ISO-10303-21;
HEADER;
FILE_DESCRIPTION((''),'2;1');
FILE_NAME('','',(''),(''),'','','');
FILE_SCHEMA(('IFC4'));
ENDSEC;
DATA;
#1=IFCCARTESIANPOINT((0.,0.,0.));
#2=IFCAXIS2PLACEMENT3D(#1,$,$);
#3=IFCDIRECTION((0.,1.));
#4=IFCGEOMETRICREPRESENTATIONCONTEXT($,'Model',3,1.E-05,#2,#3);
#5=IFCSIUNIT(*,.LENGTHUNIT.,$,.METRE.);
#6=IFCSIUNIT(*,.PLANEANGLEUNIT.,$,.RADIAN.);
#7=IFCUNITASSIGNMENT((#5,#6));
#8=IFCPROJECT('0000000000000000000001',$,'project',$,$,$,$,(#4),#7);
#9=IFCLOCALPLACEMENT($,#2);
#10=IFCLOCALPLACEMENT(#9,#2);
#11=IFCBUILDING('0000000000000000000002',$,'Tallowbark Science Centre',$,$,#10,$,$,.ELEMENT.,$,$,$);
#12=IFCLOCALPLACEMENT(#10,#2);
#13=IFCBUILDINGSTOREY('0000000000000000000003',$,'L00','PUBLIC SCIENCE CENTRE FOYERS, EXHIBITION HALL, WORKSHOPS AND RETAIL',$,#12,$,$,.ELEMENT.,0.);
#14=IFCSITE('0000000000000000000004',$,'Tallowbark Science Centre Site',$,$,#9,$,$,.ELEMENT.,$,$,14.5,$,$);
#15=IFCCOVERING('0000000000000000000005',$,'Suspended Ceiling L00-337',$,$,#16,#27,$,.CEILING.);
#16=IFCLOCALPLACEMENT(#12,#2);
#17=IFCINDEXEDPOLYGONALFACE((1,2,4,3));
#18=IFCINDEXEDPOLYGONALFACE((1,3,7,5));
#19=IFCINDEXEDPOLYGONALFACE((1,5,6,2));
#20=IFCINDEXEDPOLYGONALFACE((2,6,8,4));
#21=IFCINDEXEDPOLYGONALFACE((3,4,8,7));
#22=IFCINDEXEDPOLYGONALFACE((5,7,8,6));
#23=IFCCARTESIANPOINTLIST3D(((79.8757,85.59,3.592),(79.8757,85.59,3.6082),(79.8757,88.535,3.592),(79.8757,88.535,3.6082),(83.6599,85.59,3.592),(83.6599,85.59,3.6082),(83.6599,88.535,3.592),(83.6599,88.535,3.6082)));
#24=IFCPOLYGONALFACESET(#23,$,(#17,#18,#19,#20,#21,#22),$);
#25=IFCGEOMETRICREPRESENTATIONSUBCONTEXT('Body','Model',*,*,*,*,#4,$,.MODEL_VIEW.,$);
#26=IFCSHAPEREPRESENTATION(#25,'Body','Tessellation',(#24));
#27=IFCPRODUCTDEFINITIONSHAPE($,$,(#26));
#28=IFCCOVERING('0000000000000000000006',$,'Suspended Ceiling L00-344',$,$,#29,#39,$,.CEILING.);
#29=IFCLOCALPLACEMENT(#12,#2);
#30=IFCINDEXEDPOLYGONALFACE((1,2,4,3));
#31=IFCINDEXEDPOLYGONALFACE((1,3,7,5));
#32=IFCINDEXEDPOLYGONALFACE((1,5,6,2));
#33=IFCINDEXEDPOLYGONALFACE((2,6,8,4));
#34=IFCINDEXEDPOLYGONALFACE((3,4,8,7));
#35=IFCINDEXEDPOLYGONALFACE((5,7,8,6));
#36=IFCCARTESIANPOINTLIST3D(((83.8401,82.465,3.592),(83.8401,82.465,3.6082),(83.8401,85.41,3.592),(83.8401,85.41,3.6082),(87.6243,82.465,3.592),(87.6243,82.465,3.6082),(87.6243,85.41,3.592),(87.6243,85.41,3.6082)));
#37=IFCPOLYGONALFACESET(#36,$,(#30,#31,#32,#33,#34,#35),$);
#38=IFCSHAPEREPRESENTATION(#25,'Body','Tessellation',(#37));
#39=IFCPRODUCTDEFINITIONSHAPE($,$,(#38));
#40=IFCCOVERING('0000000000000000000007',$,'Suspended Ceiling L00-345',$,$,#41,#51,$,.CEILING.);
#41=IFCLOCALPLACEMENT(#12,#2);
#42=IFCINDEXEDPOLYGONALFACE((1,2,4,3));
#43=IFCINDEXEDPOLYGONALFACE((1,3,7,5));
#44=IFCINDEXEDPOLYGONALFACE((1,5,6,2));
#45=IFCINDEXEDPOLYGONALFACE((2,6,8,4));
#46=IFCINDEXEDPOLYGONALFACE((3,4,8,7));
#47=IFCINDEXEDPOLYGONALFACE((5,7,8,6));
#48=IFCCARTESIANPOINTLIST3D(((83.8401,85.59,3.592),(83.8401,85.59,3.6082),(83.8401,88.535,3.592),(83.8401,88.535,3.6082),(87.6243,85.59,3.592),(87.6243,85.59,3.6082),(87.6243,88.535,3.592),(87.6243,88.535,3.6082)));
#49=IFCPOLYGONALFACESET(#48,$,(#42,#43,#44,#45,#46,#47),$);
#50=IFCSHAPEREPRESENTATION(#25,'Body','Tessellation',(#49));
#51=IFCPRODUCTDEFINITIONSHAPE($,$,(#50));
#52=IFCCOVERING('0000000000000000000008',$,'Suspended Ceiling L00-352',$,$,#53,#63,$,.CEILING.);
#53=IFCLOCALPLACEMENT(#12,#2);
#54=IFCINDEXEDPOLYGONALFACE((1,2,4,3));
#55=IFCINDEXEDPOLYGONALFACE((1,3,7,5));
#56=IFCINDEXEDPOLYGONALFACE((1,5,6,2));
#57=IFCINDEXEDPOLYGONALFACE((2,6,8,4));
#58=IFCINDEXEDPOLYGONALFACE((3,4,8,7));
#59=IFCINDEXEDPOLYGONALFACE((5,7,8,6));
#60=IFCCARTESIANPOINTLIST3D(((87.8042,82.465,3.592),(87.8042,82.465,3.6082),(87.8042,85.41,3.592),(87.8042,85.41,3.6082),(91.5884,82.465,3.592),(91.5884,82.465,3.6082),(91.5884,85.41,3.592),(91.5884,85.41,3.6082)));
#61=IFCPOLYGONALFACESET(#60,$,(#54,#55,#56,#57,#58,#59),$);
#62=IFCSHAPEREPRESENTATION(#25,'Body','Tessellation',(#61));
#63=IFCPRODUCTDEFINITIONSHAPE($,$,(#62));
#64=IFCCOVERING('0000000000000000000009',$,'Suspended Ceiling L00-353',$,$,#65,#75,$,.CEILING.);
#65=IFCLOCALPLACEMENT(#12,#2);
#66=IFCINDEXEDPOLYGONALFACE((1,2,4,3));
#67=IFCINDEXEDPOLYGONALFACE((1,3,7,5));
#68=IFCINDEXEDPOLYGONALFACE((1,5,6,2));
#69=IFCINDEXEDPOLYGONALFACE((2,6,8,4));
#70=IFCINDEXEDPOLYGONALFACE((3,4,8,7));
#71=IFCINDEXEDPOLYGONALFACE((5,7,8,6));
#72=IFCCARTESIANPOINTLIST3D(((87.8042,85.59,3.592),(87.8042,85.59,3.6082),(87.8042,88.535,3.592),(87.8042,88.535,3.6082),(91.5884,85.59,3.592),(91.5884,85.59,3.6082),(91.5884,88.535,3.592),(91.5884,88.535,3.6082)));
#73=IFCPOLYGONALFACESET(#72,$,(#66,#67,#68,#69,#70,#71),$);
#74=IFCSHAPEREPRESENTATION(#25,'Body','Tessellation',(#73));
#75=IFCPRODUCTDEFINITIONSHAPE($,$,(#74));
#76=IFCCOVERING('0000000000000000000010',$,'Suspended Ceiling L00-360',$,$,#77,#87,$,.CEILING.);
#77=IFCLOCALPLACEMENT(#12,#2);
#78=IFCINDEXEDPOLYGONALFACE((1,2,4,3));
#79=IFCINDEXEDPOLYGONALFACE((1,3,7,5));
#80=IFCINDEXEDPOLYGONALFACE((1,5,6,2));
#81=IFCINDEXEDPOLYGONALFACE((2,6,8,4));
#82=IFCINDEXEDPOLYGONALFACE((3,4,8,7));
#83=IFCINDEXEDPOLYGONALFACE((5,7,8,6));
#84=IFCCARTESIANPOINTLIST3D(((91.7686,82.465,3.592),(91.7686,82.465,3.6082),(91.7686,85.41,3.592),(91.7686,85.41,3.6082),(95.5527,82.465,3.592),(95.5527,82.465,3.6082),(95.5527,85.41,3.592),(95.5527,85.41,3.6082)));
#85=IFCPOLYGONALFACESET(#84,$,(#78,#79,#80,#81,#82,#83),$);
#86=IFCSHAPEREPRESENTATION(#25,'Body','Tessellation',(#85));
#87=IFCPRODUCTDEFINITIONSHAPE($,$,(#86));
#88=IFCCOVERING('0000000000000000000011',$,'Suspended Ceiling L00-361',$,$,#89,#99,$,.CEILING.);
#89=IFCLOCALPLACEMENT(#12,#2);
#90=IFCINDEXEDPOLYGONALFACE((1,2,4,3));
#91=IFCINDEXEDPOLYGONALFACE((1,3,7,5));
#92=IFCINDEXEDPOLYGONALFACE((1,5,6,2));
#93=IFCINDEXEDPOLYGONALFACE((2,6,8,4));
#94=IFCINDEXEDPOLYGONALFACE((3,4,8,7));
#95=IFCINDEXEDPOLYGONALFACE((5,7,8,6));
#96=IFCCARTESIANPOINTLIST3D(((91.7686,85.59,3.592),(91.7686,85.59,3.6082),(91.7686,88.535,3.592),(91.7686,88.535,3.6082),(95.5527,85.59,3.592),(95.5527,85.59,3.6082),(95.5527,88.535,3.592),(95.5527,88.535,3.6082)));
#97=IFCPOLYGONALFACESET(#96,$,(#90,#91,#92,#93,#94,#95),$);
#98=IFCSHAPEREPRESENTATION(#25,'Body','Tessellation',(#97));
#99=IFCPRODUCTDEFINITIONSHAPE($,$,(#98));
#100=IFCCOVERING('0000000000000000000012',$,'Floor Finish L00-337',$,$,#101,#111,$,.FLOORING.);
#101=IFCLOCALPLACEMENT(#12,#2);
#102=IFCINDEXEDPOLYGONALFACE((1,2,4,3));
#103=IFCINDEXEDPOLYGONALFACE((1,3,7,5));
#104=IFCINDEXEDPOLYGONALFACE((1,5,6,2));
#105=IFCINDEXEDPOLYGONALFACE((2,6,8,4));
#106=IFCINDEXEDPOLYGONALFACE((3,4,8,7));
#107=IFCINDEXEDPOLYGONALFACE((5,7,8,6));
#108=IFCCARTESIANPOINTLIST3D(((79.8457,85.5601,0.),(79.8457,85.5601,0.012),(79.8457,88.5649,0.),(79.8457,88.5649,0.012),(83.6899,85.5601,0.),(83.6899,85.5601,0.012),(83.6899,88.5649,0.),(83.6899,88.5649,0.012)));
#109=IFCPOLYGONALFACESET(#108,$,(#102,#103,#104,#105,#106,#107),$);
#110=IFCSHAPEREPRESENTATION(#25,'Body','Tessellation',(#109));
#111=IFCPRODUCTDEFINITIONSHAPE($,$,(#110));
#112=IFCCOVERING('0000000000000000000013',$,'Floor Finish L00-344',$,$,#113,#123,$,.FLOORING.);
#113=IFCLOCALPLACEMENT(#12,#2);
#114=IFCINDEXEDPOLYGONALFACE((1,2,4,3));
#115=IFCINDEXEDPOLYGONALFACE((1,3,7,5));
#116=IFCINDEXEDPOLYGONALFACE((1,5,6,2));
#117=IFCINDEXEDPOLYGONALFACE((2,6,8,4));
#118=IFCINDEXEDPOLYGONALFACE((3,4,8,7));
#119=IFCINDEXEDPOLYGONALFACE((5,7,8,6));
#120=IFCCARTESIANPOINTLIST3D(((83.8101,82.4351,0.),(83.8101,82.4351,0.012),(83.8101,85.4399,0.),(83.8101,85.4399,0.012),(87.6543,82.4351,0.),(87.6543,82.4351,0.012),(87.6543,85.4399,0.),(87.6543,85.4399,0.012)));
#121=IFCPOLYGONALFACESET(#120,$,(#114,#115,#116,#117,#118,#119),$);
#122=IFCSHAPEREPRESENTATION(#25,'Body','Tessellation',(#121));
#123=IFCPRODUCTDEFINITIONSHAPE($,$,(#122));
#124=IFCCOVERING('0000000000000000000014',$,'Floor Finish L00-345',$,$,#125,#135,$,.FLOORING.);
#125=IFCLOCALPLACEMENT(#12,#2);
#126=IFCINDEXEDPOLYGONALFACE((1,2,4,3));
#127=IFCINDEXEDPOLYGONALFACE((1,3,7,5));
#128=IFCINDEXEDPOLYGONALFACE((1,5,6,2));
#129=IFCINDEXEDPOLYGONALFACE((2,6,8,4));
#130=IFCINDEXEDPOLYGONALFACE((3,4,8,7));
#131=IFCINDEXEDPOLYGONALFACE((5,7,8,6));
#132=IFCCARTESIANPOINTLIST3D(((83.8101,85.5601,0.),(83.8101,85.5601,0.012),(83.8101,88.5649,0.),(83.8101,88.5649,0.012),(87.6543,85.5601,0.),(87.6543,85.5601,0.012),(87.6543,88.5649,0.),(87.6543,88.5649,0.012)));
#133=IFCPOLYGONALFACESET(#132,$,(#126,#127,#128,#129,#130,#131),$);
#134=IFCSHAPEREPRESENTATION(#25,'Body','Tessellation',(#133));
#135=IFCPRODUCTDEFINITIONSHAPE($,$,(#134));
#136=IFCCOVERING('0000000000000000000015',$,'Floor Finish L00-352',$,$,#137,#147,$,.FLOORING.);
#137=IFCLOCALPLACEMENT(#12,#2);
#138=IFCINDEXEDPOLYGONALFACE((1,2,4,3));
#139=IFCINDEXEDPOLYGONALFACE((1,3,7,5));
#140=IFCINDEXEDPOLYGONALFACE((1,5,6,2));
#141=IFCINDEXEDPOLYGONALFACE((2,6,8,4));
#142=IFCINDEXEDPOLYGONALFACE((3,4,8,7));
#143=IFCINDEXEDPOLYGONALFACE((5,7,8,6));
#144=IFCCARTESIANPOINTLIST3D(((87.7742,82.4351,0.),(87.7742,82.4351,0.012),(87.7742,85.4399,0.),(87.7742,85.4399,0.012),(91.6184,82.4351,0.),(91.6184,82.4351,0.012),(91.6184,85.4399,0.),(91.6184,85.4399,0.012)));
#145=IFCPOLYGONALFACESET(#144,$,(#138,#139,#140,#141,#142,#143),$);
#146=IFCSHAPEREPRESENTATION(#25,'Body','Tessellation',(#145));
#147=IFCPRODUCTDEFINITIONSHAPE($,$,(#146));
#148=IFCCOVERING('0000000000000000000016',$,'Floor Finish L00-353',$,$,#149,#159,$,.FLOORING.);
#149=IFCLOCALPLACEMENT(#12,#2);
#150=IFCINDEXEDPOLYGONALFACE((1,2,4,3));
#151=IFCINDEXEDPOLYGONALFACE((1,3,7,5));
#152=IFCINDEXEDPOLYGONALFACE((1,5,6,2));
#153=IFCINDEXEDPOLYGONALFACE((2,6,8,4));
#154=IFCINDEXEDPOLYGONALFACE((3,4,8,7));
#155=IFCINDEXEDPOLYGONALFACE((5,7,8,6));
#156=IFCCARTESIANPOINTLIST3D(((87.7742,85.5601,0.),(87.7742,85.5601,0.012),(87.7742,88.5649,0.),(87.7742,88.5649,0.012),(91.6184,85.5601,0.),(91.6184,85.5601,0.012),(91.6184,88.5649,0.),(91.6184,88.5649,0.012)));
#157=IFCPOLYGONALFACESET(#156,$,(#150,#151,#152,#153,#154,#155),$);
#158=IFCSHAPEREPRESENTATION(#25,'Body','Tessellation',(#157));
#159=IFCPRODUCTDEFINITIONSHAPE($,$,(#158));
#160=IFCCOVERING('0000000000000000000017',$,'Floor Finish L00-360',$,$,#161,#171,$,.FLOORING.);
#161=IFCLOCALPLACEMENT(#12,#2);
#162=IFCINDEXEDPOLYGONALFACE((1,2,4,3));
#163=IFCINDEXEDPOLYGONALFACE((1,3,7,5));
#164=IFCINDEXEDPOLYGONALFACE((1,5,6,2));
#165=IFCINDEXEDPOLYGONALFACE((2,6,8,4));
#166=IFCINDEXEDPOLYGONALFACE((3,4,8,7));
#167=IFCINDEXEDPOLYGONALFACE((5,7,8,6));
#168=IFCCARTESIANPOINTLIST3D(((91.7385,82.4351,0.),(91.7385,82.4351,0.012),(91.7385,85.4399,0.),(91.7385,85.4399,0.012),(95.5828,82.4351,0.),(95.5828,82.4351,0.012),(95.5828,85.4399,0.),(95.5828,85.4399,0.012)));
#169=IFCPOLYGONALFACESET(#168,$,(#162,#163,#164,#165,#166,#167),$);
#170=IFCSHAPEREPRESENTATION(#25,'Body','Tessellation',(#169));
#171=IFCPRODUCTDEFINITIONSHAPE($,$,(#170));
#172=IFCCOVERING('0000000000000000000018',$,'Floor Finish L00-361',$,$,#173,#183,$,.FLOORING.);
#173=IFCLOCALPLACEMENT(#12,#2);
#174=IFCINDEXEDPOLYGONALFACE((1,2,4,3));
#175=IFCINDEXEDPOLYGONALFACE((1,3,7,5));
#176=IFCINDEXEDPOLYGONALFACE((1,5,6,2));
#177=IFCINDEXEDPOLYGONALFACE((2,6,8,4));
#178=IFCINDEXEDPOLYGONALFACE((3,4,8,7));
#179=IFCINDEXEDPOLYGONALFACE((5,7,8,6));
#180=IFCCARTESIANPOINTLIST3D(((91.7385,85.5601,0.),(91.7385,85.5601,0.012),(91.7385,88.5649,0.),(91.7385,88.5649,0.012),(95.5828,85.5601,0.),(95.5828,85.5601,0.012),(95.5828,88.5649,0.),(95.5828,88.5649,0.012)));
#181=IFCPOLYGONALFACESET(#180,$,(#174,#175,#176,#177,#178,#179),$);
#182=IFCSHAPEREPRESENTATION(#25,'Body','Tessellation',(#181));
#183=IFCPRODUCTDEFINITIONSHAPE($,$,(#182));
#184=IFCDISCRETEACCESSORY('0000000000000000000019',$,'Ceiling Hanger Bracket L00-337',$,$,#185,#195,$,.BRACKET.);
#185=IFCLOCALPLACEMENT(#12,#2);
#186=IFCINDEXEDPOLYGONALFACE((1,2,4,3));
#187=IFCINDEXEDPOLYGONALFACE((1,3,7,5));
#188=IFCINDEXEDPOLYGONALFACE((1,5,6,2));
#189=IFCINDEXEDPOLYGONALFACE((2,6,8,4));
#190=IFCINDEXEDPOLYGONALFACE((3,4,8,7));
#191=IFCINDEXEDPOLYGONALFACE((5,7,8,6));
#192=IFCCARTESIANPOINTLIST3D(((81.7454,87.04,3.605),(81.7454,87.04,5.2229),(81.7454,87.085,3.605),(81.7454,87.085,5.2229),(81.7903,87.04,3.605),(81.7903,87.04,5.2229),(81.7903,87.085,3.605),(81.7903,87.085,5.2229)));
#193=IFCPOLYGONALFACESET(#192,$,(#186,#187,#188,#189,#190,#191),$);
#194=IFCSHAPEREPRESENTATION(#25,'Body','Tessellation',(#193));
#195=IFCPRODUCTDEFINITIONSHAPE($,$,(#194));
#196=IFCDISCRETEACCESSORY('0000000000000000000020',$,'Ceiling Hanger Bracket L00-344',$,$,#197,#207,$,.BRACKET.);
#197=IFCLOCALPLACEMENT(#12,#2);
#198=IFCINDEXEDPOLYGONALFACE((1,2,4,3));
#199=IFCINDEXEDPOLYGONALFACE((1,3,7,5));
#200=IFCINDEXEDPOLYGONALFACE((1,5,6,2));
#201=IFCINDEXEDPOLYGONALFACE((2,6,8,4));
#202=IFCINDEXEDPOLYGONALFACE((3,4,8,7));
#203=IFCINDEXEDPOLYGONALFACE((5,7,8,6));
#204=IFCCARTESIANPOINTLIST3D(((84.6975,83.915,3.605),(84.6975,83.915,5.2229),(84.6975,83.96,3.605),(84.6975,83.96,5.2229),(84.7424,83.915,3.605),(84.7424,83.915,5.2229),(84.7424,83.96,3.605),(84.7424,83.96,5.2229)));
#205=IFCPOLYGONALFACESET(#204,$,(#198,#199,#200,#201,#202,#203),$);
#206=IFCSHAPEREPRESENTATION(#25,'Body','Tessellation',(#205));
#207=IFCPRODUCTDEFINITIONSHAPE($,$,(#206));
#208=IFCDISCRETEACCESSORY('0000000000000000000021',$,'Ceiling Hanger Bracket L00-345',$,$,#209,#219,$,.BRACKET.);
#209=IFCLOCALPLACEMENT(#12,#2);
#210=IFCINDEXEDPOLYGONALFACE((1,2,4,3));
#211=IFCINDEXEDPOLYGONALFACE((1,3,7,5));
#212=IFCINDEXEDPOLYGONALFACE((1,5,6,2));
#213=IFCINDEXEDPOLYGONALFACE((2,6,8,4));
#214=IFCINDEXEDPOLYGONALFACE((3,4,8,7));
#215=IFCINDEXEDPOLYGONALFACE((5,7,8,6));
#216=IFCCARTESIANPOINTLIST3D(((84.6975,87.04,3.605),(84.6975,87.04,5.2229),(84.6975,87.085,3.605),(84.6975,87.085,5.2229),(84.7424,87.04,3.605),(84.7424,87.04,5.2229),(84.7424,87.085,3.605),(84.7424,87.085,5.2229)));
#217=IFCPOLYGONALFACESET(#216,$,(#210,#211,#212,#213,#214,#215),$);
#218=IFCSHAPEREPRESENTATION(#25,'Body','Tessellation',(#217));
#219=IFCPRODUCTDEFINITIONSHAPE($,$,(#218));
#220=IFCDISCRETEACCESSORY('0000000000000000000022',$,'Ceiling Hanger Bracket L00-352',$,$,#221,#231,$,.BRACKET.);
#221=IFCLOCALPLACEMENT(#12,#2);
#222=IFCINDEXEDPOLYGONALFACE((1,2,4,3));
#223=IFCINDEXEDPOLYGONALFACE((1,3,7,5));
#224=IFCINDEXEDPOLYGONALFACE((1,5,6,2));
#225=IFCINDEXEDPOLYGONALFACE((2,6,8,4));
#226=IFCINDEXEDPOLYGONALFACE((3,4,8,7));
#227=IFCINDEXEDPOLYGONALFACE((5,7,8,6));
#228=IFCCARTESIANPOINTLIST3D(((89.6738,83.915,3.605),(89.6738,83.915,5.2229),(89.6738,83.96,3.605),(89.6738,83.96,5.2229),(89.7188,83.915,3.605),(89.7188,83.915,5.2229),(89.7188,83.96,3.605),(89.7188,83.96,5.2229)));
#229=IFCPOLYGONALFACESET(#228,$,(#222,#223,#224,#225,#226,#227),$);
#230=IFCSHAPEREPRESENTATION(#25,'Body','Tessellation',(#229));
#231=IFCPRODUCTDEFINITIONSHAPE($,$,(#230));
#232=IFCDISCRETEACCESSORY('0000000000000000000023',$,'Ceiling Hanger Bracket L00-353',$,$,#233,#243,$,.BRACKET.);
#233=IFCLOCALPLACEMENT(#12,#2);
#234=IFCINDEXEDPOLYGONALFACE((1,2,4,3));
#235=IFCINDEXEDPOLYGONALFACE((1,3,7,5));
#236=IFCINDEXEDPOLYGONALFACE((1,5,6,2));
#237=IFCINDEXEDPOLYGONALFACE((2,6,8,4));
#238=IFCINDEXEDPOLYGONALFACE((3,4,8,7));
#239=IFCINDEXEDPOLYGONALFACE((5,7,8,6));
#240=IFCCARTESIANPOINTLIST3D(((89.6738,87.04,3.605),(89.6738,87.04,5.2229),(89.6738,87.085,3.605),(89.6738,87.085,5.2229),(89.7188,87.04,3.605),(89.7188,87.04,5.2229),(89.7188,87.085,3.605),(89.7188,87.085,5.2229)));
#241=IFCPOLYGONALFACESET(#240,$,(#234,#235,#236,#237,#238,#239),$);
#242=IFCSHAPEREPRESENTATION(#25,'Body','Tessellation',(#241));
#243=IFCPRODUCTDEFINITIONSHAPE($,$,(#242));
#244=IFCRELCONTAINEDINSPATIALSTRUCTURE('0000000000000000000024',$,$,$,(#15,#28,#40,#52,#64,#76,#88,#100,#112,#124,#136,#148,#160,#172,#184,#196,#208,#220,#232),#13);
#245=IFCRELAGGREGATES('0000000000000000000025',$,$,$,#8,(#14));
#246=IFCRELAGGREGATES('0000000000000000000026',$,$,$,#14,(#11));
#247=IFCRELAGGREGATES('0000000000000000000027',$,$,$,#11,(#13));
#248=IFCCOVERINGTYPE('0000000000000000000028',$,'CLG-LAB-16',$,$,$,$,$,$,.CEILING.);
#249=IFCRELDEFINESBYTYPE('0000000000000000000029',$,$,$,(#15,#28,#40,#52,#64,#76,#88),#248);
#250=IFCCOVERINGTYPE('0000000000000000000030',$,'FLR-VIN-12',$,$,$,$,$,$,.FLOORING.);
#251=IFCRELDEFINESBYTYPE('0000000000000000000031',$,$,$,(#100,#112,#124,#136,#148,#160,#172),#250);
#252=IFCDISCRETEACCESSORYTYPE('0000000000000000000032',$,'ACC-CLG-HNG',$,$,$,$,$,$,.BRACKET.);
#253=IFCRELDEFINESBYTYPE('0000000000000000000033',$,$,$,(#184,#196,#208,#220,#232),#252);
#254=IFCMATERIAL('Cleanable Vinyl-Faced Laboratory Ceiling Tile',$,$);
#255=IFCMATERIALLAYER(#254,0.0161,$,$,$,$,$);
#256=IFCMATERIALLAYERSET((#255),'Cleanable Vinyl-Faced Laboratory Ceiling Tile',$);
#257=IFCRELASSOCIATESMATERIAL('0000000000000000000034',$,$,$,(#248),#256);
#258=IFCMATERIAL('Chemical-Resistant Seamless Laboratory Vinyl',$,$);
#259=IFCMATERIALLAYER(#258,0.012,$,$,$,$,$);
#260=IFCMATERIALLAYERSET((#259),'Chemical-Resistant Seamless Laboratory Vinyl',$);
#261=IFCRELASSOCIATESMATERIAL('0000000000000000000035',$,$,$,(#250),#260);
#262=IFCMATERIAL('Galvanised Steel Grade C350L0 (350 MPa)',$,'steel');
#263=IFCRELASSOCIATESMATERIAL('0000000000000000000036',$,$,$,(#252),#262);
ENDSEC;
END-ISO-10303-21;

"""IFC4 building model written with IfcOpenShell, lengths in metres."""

from ifc_helpers import new_model, si_unit, direction, frame, origin, origin_2d, place, context, subcontext, project, spatial, rectangle, extrude, material, layer, layer_set, type_object, element, save


model = new_model("IFC4")

# Units and contexts
model_context = context("Model", 3, precision=1e-05, world=origin(), true_north=direction((0.0, 1.0)))
body_context = subcontext(model_context, "Body", "Model", "MODEL_VIEW")
ifc_project = project(units=[si_unit("LENGTHUNIT", "METRE"), si_unit("PLANEANGLEUNIT", "RADIAN")], contexts=[model_context])

# Site, building, storey
site_placement = place(None, origin())
site = spatial("IfcSite", under=ifc_project, at=site_placement, Name="Tallowbark Science Centre Site", CompositionType="ELEMENT", RefElevation=14.5)
building_placement = place(site_placement, origin())
building = spatial("IfcBuilding", under=site, at=building_placement, Name="Tallowbark Science Centre", CompositionType="ELEMENT")
storey_placement = place(building_placement, origin())
storey = spatial("IfcBuildingStorey", under=building, at=storey_placement, Name="L00", Description="PUBLIC SCIENCE CENTRE FOYERS, EXHIBITION HALL, WORKSHOPS AND RETAIL", CompositionType="ELEMENT", Elevation=0.0)

# Coverings
ifc_material_1 = material(Name="Cleanable Vinyl-Faced Laboratory Ceiling Tile")
ifc_layer_1 = layer(ifc_material_1, 0.0161)
ifc_layer_set_1 = layer_set([ifc_layer_1], Name="Cleanable Vinyl-Faced Laboratory Ceiling Tile")
covering_type_1 = type_object("IfcCoveringType", Name="CLG-LAB-16", PredefinedType="CEILING", material=ifc_layer_set_1)
for number, where, z_axis, x_axis, name in (
    (1, (81.7678, 87.0625, 3.592), (0.0, 0.0, 1.0), (1.0, 0.0, 0.0), "Suspended Ceiling L00-337"),
    (2, (85.7322, 83.9375, 3.592), (0.0, 0.0, 1.0), (1.0, 0.0, 0.0), "Suspended Ceiling L00-344"),
    (3, (85.7322, 87.0625, 3.592), (0.0, 0.0, 1.0), (1.0, 0.0, 0.0), "Suspended Ceiling L00-345"),
    (4, (89.6963, 83.9375, 3.592), (0.0, 0.0, 1.0), (1.0, 0.0, 0.0), "Suspended Ceiling L00-352"),
    (5, (89.6963, 87.0625, 3.592), (0.0, 0.0, 1.0), (1.0, 0.0, 0.0), "Suspended Ceiling L00-353"),
    (6, (93.6606, 83.9375, 3.592), (0.0, 0.0, 1.0), (1.0, 0.0, 0.0), "Suspended Ceiling L00-360"),
    (7, (93.6606, 87.0625, 3.592), (0.0, 0.0, 1.0), (1.0, 0.0, 0.0), "Suspended Ceiling L00-361"),
):
    element("IfcCovering", number, at=place(storey_placement, frame(where, z_axis=z_axis, x_axis=x_axis)), inside=storey, type_object=covering_type_1, Name=name, PredefinedType="CEILING", context=body_context, shape_type="SweptSolid", body=[
        extrude(rectangle(XDim=3.7842, YDim=2.9451, at=origin_2d()), origin(), (0.0, 0.0, 1.0), 0.0161),
    ])
ifc_material_2 = material(Name="Chemical-Resistant Seamless Laboratory Vinyl")
ifc_layer_2 = layer(ifc_material_2, 0.012)
ifc_layer_set_2 = layer_set([ifc_layer_2], Name="Chemical-Resistant Seamless Laboratory Vinyl")
covering_type_2 = type_object("IfcCoveringType", Name="FLR-VIN-12", PredefinedType="FLOORING", material=ifc_layer_set_2)
for number, where, z_axis, x_axis, name in (
    (8, (81.7678, 87.0625, 0.0), (0.0, 0.0, 1.0), (1.0, 0.0, 0.0), "Floor Finish L00-337"),
    (9, (85.7322, 83.9375, 0.0), (0.0, 0.0, 1.0), (1.0, 0.0, 0.0), "Floor Finish L00-344"),
    (10, (85.7322, 87.0625, 0.0), (0.0, 0.0, 1.0), (1.0, 0.0, 0.0), "Floor Finish L00-345"),
    (11, (89.6963, 83.9375, 0.0), (0.0, 0.0, 1.0), (1.0, 0.0, 0.0), "Floor Finish L00-352"),
    (12, (89.6963, 87.0625, 0.0), (0.0, 0.0, 1.0), (1.0, 0.0, 0.0), "Floor Finish L00-353"),
    (13, (93.6606, 83.9375, 0.0), (0.0, 0.0, 1.0), (1.0, 0.0, 0.0), "Floor Finish L00-360"),
    (14, (93.6606, 87.0625, 0.0), (0.0, 0.0, 1.0), (1.0, 0.0, 0.0), "Floor Finish L00-361"),
):
    element("IfcCovering", number, at=place(storey_placement, frame(where, z_axis=z_axis, x_axis=x_axis)), inside=storey, type_object=covering_type_2, Name=name, PredefinedType="FLOORING", context=body_context, shape_type="SweptSolid", body=[
        extrude(rectangle(XDim=3.8442, YDim=3.0049, at=origin_2d()), origin(), (0.0, 0.0, 1.0), 0.012),
    ])

# Discrete accessories
ifc_material_3 = material(Name="Galvanised Steel Grade C350L0 (350 MPa)", Category="steel")
discrete_accessory_type = type_object("IfcDiscreteAccessoryType", Name="ACC-CLG-HNG", PredefinedType="BRACKET", material=ifc_material_3)
for number, where, z_axis, x_axis, name in (
    (15, (81.7678, 87.0625, 3.605), (0.0, 0.0, 1.0), (1.0, 0.0, 0.0), "Ceiling Hanger Bracket L00-337"),
    (16, (84.72, 83.9375, 3.605), (0.0, 0.0, 1.0), (1.0, 0.0, 0.0), "Ceiling Hanger Bracket L00-344"),
    (17, (84.72, 87.0625, 3.605), (0.0, 0.0, 1.0), (1.0, 0.0, 0.0), "Ceiling Hanger Bracket L00-345"),
    (18, (89.6963, 83.9375, 3.605), (0.0, 0.0, 1.0), (1.0, 0.0, 0.0), "Ceiling Hanger Bracket L00-352"),
    (19, (89.6963, 87.0625, 3.605), (0.0, 0.0, 1.0), (1.0, 0.0, 0.0), "Ceiling Hanger Bracket L00-353"),
):
    element("IfcDiscreteAccessory", number, at=place(storey_placement, frame(where, z_axis=z_axis, x_axis=x_axis)), inside=storey, type_object=discrete_accessory_type, Name=name, PredefinedType="BRACKET", context=body_context, shape_type="SweptSolid", body=[
        extrude(rectangle(XDim=0.0449, YDim=0.0449, at=origin_2d()), origin(), (0.0, 0.0, 1.0), 1.6179),
    ])

save(model, "model.ifc")
